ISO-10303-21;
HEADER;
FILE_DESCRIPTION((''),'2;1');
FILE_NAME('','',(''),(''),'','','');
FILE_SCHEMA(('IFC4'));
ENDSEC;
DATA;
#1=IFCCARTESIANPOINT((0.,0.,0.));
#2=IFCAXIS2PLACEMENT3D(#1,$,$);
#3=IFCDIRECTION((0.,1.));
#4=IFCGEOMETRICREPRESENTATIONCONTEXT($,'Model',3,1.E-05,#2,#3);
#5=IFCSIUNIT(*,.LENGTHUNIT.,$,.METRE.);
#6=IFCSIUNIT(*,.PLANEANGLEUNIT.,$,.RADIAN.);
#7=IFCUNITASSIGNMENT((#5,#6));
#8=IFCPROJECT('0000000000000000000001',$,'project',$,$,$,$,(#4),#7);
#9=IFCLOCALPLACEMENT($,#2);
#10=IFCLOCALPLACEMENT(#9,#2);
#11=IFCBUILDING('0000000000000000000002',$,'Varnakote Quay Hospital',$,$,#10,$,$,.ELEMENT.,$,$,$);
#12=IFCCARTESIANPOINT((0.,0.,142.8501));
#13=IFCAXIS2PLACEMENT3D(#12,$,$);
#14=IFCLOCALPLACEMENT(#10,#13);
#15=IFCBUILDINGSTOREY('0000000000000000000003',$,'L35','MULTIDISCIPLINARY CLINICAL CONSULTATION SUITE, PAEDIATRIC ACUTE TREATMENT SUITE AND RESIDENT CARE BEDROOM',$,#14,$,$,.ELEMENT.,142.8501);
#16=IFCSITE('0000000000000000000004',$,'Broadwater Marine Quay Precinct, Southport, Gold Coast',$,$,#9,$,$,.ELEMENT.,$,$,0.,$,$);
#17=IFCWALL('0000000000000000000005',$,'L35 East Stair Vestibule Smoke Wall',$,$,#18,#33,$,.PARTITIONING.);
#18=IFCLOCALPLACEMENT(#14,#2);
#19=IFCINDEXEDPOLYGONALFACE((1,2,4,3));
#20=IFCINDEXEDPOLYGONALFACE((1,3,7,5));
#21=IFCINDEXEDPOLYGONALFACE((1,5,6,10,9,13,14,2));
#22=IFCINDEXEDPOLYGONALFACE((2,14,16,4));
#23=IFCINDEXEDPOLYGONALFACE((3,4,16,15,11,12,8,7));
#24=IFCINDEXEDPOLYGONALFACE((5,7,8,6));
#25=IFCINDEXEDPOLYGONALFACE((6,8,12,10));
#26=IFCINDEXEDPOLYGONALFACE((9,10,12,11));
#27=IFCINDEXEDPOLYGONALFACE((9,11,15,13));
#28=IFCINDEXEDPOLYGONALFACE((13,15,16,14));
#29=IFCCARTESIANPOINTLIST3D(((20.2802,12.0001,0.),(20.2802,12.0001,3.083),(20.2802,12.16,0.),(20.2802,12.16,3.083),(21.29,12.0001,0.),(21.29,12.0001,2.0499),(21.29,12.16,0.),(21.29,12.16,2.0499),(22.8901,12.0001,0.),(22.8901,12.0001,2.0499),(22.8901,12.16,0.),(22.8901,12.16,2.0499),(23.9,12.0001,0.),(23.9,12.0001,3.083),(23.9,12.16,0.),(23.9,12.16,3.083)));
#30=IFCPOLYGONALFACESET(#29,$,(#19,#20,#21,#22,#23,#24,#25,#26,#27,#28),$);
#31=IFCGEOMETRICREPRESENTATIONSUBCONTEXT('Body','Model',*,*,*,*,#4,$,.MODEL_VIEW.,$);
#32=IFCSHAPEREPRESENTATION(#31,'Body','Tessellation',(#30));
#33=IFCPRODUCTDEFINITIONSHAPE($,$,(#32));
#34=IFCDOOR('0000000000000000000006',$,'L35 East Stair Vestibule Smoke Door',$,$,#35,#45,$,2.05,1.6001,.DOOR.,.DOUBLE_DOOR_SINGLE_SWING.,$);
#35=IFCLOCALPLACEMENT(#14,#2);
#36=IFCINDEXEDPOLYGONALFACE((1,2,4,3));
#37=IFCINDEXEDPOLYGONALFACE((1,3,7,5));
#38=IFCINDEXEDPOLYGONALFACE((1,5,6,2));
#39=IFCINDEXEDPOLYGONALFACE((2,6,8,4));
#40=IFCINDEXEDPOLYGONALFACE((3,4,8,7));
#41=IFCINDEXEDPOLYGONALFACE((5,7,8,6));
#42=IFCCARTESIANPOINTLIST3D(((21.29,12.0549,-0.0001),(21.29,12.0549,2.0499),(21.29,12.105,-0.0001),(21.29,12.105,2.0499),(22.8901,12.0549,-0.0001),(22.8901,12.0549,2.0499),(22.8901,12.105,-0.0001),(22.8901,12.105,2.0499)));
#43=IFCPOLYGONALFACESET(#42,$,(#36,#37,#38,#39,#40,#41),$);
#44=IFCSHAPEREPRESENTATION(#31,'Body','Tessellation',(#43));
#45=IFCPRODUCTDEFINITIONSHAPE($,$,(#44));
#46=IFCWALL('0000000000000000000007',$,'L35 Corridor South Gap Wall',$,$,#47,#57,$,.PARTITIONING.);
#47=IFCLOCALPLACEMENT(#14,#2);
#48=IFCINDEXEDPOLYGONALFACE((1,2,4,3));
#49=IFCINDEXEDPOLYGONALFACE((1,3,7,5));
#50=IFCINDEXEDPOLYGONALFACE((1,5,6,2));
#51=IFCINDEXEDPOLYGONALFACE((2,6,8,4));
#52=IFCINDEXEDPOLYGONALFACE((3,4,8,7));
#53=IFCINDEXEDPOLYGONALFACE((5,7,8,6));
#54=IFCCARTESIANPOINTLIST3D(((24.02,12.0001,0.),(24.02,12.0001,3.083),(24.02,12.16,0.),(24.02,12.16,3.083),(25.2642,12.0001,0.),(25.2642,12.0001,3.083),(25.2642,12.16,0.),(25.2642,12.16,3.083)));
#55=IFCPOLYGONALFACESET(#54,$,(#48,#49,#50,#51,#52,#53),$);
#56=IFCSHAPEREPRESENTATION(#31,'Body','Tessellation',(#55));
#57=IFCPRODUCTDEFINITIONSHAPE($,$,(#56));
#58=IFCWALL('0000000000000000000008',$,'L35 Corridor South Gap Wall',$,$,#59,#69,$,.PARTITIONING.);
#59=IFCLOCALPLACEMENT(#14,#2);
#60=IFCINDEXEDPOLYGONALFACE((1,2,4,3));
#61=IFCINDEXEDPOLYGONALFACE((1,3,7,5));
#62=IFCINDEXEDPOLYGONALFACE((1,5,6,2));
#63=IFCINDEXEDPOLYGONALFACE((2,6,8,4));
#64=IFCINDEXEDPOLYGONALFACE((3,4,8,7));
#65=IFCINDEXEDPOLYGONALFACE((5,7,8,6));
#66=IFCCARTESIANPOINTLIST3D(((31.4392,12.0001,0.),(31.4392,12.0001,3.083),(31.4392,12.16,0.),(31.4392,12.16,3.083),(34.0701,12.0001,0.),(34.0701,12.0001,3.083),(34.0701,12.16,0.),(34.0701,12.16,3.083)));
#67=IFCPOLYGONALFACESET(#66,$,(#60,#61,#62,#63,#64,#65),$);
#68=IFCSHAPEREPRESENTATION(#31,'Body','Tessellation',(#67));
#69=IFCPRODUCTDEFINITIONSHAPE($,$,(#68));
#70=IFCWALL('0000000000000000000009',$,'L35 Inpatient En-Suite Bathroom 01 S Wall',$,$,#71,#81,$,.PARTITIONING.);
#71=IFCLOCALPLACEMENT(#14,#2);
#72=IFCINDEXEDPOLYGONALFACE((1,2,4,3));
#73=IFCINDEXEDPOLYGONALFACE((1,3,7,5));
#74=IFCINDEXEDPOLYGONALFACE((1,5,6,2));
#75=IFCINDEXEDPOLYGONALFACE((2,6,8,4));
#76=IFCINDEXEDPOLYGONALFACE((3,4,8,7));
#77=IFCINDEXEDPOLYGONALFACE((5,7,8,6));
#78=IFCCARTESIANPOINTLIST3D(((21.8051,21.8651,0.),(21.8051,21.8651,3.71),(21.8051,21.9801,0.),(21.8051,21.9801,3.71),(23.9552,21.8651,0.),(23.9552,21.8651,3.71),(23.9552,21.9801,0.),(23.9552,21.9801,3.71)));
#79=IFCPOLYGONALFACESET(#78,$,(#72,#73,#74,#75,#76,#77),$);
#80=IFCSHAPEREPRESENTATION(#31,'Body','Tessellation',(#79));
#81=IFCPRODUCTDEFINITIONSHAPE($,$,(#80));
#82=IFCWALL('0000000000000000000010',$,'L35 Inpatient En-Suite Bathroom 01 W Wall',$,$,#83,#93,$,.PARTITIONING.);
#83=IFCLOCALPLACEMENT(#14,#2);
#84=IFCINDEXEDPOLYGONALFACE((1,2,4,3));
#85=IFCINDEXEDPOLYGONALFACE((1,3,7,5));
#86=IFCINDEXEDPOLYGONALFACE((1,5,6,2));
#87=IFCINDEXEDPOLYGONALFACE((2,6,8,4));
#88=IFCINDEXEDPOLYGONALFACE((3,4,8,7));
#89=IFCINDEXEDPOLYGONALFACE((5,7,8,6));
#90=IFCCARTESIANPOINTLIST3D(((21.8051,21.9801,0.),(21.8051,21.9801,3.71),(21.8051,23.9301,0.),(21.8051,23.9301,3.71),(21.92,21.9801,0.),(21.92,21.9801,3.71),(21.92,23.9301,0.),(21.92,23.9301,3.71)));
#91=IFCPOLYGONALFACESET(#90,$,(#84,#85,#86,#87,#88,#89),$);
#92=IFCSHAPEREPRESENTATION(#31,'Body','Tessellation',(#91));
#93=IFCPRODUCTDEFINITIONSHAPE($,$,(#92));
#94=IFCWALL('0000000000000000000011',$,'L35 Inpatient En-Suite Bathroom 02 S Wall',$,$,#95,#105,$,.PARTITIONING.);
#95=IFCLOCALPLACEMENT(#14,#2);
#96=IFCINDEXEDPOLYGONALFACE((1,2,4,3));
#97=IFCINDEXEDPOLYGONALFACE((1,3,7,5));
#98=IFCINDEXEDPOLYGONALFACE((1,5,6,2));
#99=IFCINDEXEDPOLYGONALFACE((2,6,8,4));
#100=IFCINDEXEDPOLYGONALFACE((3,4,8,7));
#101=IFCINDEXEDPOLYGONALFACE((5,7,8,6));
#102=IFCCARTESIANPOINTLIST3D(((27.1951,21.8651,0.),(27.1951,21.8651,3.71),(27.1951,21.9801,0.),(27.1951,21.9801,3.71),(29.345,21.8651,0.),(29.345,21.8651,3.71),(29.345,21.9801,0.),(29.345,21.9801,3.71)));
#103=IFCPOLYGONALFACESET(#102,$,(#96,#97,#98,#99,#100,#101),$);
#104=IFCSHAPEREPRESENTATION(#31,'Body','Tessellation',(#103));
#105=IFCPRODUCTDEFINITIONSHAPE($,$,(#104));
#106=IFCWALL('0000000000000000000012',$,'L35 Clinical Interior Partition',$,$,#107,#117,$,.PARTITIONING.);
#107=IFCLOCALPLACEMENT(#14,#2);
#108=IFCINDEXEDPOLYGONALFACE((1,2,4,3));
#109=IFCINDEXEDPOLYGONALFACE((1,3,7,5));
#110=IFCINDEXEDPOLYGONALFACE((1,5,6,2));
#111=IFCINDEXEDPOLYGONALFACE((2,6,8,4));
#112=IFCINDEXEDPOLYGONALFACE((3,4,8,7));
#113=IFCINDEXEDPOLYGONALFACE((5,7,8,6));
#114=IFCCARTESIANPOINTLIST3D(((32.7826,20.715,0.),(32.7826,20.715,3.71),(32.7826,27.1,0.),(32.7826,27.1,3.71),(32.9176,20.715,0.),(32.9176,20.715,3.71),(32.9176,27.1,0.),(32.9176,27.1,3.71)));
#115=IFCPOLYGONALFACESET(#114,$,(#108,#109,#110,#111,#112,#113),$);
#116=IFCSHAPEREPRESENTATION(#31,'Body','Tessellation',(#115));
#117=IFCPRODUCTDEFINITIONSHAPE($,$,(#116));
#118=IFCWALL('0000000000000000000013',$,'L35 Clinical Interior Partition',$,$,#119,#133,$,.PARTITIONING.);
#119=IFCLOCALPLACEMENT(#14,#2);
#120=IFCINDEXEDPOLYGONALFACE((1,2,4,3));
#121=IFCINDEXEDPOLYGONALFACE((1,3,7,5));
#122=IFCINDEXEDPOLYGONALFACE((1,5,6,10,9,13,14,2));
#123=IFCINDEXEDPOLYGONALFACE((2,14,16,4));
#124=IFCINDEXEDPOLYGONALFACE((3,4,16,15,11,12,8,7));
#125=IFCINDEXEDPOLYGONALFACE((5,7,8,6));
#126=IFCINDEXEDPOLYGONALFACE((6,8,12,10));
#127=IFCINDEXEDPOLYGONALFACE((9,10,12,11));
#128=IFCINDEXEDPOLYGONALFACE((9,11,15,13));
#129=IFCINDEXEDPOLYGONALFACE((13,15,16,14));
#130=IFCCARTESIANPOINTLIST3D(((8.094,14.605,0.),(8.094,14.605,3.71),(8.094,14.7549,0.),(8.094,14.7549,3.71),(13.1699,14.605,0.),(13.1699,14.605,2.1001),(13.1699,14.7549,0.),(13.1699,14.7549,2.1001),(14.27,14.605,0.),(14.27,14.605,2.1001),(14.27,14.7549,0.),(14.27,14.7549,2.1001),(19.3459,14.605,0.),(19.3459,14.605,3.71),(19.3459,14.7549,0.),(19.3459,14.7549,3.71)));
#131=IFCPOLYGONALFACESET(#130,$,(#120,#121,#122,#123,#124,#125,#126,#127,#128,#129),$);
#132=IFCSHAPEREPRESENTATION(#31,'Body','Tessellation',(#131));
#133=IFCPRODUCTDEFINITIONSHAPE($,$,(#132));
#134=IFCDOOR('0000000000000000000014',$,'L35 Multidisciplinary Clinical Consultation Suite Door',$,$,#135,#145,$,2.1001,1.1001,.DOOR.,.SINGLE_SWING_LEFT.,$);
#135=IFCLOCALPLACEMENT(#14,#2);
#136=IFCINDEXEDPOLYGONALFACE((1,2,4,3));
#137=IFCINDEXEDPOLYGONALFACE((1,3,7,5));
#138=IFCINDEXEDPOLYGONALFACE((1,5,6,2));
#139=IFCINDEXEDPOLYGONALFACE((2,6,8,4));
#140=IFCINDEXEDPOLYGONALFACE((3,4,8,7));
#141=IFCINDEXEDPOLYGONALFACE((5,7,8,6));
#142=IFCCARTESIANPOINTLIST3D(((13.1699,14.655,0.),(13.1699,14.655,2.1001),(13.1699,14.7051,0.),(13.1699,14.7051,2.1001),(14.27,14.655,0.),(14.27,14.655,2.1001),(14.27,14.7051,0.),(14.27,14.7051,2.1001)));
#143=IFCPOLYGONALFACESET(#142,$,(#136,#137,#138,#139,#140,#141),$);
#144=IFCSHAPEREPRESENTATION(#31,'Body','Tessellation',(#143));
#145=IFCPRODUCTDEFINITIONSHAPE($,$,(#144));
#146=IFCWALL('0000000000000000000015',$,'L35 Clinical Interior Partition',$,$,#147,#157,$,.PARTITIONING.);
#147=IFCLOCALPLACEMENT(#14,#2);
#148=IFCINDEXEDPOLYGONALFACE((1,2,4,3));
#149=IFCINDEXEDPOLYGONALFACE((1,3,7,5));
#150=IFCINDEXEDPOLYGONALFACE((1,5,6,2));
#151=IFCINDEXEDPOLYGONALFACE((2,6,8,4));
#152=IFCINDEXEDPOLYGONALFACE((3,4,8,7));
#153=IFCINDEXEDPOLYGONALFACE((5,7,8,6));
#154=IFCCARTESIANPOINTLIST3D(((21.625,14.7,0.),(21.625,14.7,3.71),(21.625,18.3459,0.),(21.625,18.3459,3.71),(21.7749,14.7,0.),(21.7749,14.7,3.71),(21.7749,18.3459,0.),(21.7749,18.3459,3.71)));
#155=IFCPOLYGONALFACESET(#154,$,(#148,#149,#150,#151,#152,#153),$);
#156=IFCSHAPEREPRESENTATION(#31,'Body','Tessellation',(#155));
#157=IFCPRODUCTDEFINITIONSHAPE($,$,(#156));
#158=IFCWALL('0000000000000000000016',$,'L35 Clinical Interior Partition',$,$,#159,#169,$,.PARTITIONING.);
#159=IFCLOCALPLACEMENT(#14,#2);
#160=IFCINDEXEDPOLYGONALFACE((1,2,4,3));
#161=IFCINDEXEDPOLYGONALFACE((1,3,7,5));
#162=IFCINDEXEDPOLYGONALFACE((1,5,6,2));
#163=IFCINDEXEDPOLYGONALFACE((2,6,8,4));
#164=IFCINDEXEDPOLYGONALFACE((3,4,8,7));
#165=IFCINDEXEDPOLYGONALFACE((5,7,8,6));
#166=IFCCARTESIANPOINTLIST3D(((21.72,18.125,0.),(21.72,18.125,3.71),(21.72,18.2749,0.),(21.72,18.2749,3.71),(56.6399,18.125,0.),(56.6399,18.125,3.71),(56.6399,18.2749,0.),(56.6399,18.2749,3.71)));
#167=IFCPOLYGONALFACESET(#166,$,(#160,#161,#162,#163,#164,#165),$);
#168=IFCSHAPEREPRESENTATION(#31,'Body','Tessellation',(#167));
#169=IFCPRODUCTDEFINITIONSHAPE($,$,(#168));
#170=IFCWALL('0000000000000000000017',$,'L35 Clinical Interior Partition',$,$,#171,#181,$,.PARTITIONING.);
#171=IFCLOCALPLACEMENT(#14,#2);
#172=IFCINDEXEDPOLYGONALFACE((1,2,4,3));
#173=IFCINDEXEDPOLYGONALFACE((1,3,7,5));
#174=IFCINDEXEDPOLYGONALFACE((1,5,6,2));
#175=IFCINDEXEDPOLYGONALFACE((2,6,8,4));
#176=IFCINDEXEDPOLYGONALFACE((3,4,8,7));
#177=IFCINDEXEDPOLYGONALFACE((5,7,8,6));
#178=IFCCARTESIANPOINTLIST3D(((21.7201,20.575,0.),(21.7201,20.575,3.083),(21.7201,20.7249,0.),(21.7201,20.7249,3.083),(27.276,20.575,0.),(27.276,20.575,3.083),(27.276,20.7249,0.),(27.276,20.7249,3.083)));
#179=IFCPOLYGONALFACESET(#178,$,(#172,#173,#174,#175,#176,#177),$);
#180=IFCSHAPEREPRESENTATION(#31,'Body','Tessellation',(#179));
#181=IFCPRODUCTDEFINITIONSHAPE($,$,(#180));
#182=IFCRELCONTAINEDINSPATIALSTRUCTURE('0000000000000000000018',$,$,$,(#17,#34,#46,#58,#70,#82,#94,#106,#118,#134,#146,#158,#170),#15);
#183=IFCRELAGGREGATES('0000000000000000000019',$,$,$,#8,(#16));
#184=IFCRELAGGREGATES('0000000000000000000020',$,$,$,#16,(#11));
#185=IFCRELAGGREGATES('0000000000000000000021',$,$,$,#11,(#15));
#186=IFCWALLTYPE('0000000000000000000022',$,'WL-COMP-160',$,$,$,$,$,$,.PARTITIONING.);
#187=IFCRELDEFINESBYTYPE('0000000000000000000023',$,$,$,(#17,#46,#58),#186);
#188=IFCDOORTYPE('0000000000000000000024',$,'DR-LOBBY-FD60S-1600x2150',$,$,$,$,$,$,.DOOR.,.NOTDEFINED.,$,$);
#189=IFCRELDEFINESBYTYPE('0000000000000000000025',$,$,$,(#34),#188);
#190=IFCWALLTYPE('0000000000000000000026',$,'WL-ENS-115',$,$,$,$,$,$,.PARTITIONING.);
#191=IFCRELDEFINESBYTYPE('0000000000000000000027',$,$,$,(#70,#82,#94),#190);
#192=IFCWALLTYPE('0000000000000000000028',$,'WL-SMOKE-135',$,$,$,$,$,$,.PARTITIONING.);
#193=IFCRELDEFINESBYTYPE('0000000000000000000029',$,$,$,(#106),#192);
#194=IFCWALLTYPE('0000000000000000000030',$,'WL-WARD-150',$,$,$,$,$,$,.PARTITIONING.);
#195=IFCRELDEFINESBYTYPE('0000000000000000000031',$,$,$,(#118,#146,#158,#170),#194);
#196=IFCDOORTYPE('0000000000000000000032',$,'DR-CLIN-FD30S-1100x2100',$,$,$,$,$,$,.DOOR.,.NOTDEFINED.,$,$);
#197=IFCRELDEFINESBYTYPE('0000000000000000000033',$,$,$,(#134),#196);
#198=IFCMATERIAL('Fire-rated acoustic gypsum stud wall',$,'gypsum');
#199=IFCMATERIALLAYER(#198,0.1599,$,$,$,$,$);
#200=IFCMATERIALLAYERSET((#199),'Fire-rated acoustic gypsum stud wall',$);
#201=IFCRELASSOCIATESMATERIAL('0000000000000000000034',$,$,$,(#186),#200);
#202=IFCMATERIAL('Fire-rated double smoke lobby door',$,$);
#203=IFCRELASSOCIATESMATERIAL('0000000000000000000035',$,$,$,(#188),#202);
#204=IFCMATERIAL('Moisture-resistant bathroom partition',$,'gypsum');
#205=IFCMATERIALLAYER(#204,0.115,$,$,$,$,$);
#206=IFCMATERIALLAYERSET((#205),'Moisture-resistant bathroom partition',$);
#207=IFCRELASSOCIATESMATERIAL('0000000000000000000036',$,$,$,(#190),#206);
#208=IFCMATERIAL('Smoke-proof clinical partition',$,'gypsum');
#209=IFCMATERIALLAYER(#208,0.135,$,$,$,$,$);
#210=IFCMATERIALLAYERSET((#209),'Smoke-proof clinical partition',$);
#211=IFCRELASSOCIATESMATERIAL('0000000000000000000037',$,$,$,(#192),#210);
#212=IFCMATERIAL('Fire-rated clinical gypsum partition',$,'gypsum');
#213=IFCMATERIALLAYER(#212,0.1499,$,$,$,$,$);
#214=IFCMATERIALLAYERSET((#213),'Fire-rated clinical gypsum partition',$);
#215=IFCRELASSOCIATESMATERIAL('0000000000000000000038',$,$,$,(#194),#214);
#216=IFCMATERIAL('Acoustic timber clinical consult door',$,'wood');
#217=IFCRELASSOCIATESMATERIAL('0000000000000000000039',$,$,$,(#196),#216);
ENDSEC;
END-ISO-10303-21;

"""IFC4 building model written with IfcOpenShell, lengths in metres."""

from ifc_helpers import new_model, si_unit, direction, frame, frame_2d, origin, place, context, subcontext, project, spatial, rectangle, extrude, material, layer, layer_set, type_object, element, fill, save


model = new_model("IFC4")

# Units and contexts
model_context = context("Model", 3, precision=1e-05, world=origin(), true_north=direction((0.0, 1.0)))
body_context = subcontext(model_context, "Body", "Model", "MODEL_VIEW")
ifc_project = project(units=[si_unit("LENGTHUNIT", "METRE"), si_unit("PLANEANGLEUNIT", "RADIAN")], contexts=[model_context])

# Site, building, storey
site_placement = place(None, origin())
site = spatial("IfcSite", under=ifc_project, at=site_placement, Name="Broadwater Marine Quay Precinct, Southport, Gold Coast", CompositionType="ELEMENT", RefElevation=0.0)
building_placement = place(site_placement, origin())
building = spatial("IfcBuilding", under=site, at=building_placement, Name="Varnakote Quay Hospital", CompositionType="ELEMENT")
storey_placement = place(building_placement, frame((0.0, 0.0, 142.8501)))
storey = spatial("IfcBuildingStorey", under=building, at=storey_placement, Name="L35", Description="MULTIDISCIPLINARY CLINICAL CONSULTATION SUITE, PAEDIATRIC ACUTE TREATMENT SUITE AND RESIDENT CARE BEDROOM", CompositionType="ELEMENT", Elevation=142.8501)

# Wall, opening, door
ifc_material_1 = material(Name="Fire-rated acoustic gypsum stud wall", Category="gypsum")
ifc_layer_1 = layer(ifc_material_1, 0.1599)
ifc_layer_set_1 = layer_set([ifc_layer_1], Name="Fire-rated acoustic gypsum stud wall")
wall_type_1 = type_object("IfcWallType", Name="WL-COMP-160", PredefinedType="PARTITIONING", material=ifc_layer_set_1)
wall_1_placement = place(storey_placement, frame((20.28, 12.0801, 0.0), z_axis=(0.0, 0.0, 1.0), x_axis=(1.0, 0.0, 0.0)))
wall_1 = element("IfcWall", 1, at=wall_1_placement, inside=storey, type_object=wall_type_1, Name="L35 East Stair Vestibule Smoke Wall", PredefinedType="PARTITIONING", context=body_context, shape_type="SweptSolid", body=[
    extrude(rectangle(XDim=3.6199, YDim=0.1599, at=frame_2d((1.8101, 0.0))), origin(), (0.0, 0.0, 1.0), 3.083),
])
opening_1_placement = place(wall_1_placement, frame((1.01, 0.0, 0.0)))
opening_1 = element("IfcOpeningElement", 2, at=opening_1_placement, cuts=wall_1, PredefinedType="OPENING", context=body_context, shape_type="SweptSolid", body=[
    extrude(rectangle(XDim=1.6001, YDim=2.05, at=frame_2d((0.8, 1.0249))), frame((0.0, 0.0898, 0.0), z_axis=(0.0, -1.0, 0.0), x_axis=(1.0, 0.0, 0.0)), (0.0, 0.0, 1.0), 0.1799),
])
ifc_material_2 = material(Name="Fire-rated double smoke lobby door")
door_type_1 = type_object("IfcDoorType", Name="DR-LOBBY-FD60S-1600x2150", OperationType="NOTDEFINED", PredefinedType="DOOR", material=ifc_material_2)
door_1_placement = place(opening_1_placement, origin())
door_1 = element("IfcDoor", 3, at=door_1_placement, inside=storey, type_object=door_type_1, Name="L35 East Stair Vestibule Smoke Door", OperationType="DOUBLE_DOOR_SINGLE_SWING", OverallHeight=2.05, OverallWidth=1.6001, PredefinedType="DOOR", context=body_context, shape_type="SweptSolid", body=[
    extrude(rectangle(XDim=1.6001, YDim=2.05, at=frame_2d((0.8, 1.0249))), frame((0.0, 0.0249, 0.0), z_axis=(0.0, -1.0, 0.0), x_axis=(1.0, 0.0, 0.0)), (0.0, 0.0, 1.0), 0.05),
])
fill(opening_1, door_1)

# Walls
wall_2_placement = place(storey_placement, frame((24.02, 12.0801, 0.0), z_axis=(0.0, 0.0, 1.0), x_axis=(1.0, 0.0, 0.0)))
element("IfcWall", 4, at=wall_2_placement, inside=storey, type_object=wall_type_1, Name="L35 Corridor South Gap Wall", PredefinedType="PARTITIONING", context=body_context, shape_type="SweptSolid", body=[
    extrude(rectangle(XDim=1.2441, YDim=0.1599, at=frame_2d((0.6221, 0.0))), origin(), (0.0, 0.0, 1.0), 3.083),
])
wall_3_placement = place(storey_placement, frame((31.4392, 12.0801, 0.0), z_axis=(0.0, 0.0, 1.0), x_axis=(1.0, 0.0, 0.0)))
element("IfcWall", 5, at=wall_3_placement, inside=storey, type_object=wall_type_1, Name="L35 Corridor South Gap Wall", PredefinedType="PARTITIONING", context=body_context, shape_type="SweptSolid", body=[
    extrude(rectangle(XDim=2.6309, YDim=0.1599, at=frame_2d((1.3154, 0.0))), origin(), (0.0, 0.0, 1.0), 3.083),
])
ifc_material_3 = material(Name="Moisture-resistant bathroom partition", Category="gypsum")
ifc_layer_2 = layer(ifc_material_3, 0.115)
ifc_layer_set_2 = layer_set([ifc_layer_2], Name="Moisture-resistant bathroom partition")
wall_type_2 = type_object("IfcWallType", Name="WL-ENS-115", PredefinedType="PARTITIONING", material=ifc_layer_set_2)
wall_4_placement = place(storey_placement, frame((21.8049, 21.9226, 0.0), z_axis=(0.0, 0.0, 1.0), x_axis=(1.0, 0.0, 0.0)))
element("IfcWall", 6, at=wall_4_placement, inside=storey, type_object=wall_type_2, Name="L35 Inpatient En-Suite Bathroom 01 S Wall", PredefinedType="PARTITIONING", context=body_context, shape_type="SweptSolid", body=[
    extrude(rectangle(XDim=2.1501, YDim=0.115, at=frame_2d((1.0752, 0.0))), origin(), (0.0, 0.0, 1.0), 3.71),
])
wall_5_placement = place(storey_placement, frame((21.8625, 21.98, 0.0), z_axis=(0.0, 0.0, 1.0), x_axis=(0.0, 1.0, 0.0)))
element("IfcWall", 7, at=wall_5_placement, inside=storey, type_object=wall_type_2, Name="L35 Inpatient En-Suite Bathroom 01 W Wall", PredefinedType="PARTITIONING", context=body_context, shape_type="SweptSolid", body=[
    extrude(rectangle(XDim=1.95, YDim=0.115, at=frame_2d((0.9751, 0.0))), origin(), (0.0, 0.0, 1.0), 3.71),
])
wall_6_placement = place(storey_placement, frame((27.1951, 21.9226, 0.0), z_axis=(0.0, 0.0, 1.0), x_axis=(1.0, 0.0, 0.0)))
element("IfcWall", 8, at=wall_6_placement, inside=storey, type_object=wall_type_2, Name="L35 Inpatient En-Suite Bathroom 02 S Wall", PredefinedType="PARTITIONING", context=body_context, shape_type="SweptSolid", body=[
    extrude(rectangle(XDim=2.1499, YDim=0.115, at=frame_2d((1.075, 0.0))), origin(), (0.0, 0.0, 1.0), 3.71),
])
ifc_material_4 = material(Name="Smoke-proof clinical partition", Category="gypsum")
ifc_layer_3 = layer(ifc_material_4, 0.135)
ifc_layer_set_3 = layer_set([ifc_layer_3], Name="Smoke-proof clinical partition")
wall_type_3 = type_object("IfcWallType", Name="WL-SMOKE-135", PredefinedType="PARTITIONING", material=ifc_layer_set_3)
wall_7_placement = place(storey_placement, frame((32.8501, 20.7151, 0.0), z_axis=(0.0, 0.0, 1.0), x_axis=(0.0, 1.0, 0.0)))
element("IfcWall", 9, at=wall_7_placement, inside=storey, type_object=wall_type_3, Name="L35 Clinical Interior Partition", PredefinedType="PARTITIONING", context=body_context, shape_type="SweptSolid", body=[
    extrude(rectangle(XDim=6.385, YDim=0.135, at=frame_2d((3.1924, 0.0))), origin(), (0.0, 0.0, 1.0), 3.71),
])

# Wall, opening, door
ifc_material_5 = material(Name="Fire-rated clinical gypsum partition", Category="gypsum")
ifc_layer_4 = layer(ifc_material_5, 0.1499)
ifc_layer_set_4 = layer_set([ifc_layer_4], Name="Fire-rated clinical gypsum partition")
wall_type_4 = type_object("IfcWallType", Name="WL-WARD-150", PredefinedType="PARTITIONING", material=ifc_layer_set_4)
wall_8_placement = place(storey_placement, frame((19.3459, 14.6799, 0.0), z_axis=(0.0, 0.0, 1.0), x_axis=(-1.0, 0.0, 0.0)))
wall_8 = element("IfcWall", 10, at=wall_8_placement, inside=storey, type_object=wall_type_4, Name="L35 Clinical Interior Partition", PredefinedType="PARTITIONING", context=body_context, shape_type="SweptSolid", body=[
    extrude(rectangle(XDim=11.252, YDim=0.1499, at=frame_2d((5.626, 0.0))), origin(), (0.0, 0.0, 1.0), 3.71),
])
opening_2_placement = place(wall_8_placement, frame((5.0759, 0.0, 0.0)))
opening_2 = element("IfcOpeningElement", 11, at=opening_2_placement, cuts=wall_8, PredefinedType="OPENING", context=body_context, shape_type="SweptSolid", body=[
    extrude(rectangle(XDim=1.1001, YDim=2.1001, at=frame_2d((0.55, 1.05))), frame((0.0, 0.085, 0.0), z_axis=(0.0, -1.0, 0.0), x_axis=(1.0, 0.0, 0.0)), (0.0, 0.0, 1.0), 0.1699),
])
ifc_material_6 = material(Name="Acoustic timber clinical consult door", Category="wood")
door_type_2 = type_object("IfcDoorType", Name="DR-CLIN-FD30S-1100x2100", OperationType="NOTDEFINED", PredefinedType="DOOR", material=ifc_material_6)
door_2_placement = place(opening_2_placement, origin())
door_2 = element("IfcDoor", 12, at=door_2_placement, inside=storey, type_object=door_type_2, Name="L35 Multidisciplinary Clinical Consultation Suite Door", OperationType="SINGLE_SWING_LEFT", OverallHeight=2.1001, OverallWidth=1.1001, PredefinedType="DOOR", context=body_context, shape_type="SweptSolid", body=[
    extrude(rectangle(XDim=1.1001, YDim=2.1001, at=frame_2d((0.55, 1.05))), frame((0.0, 0.0249, 0.0), z_axis=(0.0, -1.0, 0.0), x_axis=(1.0, 0.0, 0.0)), (0.0, 0.0, 1.0), 0.05),
])
fill(opening_2, door_2)

# Walls
wall_9_placement = place(storey_placement, frame((21.7, 14.7, 0.0), z_axis=(0.0, 0.0, 1.0), x_axis=(0.0, 1.0, 0.0)))
element("IfcWall", 13, at=wall_9_placement, inside=storey, type_object=wall_type_4, Name="L35 Clinical Interior Partition", PredefinedType="PARTITIONING", context=body_context, shape_type="SweptSolid", body=[
    extrude(rectangle(XDim=3.646, YDim=0.1499, at=frame_2d((1.823, 0.0))), origin(), (0.0, 0.0, 1.0), 3.71),
])
wall_10_placement = place(storey_placement, frame((21.72, 18.2, 0.0), z_axis=(0.0, 0.0, 1.0), x_axis=(1.0, 0.0, 0.0)))
element("IfcWall", 14, at=wall_10_placement, inside=storey, type_object=wall_type_4, Name="L35 Clinical Interior Partition", PredefinedType="PARTITIONING", context=body_context, shape_type="SweptSolid", body=[
    extrude(rectangle(XDim=34.9199, YDim=0.1499, at=frame_2d((17.46, 0.0))), origin(), (0.0, 0.0, 1.0), 3.71),
])
wall_11_placement = place(storey_placement, frame((27.2759, 20.6499, 0.0), z_axis=(0.0, 0.0, 1.0), x_axis=(-1.0, 0.0, 0.0)))
element("IfcWall", 15, at=wall_11_placement, inside=storey, type_object=wall_type_4, Name="L35 Clinical Interior Partition", PredefinedType="PARTITIONING", context=body_context, shape_type="SweptSolid", body=[
    extrude(rectangle(XDim=5.5559, YDim=0.1499, at=frame_2d((2.7778, 0.0))), origin(), (0.0, 0.0, 1.0), 3.083),
])

save(model, "model.ifc")
